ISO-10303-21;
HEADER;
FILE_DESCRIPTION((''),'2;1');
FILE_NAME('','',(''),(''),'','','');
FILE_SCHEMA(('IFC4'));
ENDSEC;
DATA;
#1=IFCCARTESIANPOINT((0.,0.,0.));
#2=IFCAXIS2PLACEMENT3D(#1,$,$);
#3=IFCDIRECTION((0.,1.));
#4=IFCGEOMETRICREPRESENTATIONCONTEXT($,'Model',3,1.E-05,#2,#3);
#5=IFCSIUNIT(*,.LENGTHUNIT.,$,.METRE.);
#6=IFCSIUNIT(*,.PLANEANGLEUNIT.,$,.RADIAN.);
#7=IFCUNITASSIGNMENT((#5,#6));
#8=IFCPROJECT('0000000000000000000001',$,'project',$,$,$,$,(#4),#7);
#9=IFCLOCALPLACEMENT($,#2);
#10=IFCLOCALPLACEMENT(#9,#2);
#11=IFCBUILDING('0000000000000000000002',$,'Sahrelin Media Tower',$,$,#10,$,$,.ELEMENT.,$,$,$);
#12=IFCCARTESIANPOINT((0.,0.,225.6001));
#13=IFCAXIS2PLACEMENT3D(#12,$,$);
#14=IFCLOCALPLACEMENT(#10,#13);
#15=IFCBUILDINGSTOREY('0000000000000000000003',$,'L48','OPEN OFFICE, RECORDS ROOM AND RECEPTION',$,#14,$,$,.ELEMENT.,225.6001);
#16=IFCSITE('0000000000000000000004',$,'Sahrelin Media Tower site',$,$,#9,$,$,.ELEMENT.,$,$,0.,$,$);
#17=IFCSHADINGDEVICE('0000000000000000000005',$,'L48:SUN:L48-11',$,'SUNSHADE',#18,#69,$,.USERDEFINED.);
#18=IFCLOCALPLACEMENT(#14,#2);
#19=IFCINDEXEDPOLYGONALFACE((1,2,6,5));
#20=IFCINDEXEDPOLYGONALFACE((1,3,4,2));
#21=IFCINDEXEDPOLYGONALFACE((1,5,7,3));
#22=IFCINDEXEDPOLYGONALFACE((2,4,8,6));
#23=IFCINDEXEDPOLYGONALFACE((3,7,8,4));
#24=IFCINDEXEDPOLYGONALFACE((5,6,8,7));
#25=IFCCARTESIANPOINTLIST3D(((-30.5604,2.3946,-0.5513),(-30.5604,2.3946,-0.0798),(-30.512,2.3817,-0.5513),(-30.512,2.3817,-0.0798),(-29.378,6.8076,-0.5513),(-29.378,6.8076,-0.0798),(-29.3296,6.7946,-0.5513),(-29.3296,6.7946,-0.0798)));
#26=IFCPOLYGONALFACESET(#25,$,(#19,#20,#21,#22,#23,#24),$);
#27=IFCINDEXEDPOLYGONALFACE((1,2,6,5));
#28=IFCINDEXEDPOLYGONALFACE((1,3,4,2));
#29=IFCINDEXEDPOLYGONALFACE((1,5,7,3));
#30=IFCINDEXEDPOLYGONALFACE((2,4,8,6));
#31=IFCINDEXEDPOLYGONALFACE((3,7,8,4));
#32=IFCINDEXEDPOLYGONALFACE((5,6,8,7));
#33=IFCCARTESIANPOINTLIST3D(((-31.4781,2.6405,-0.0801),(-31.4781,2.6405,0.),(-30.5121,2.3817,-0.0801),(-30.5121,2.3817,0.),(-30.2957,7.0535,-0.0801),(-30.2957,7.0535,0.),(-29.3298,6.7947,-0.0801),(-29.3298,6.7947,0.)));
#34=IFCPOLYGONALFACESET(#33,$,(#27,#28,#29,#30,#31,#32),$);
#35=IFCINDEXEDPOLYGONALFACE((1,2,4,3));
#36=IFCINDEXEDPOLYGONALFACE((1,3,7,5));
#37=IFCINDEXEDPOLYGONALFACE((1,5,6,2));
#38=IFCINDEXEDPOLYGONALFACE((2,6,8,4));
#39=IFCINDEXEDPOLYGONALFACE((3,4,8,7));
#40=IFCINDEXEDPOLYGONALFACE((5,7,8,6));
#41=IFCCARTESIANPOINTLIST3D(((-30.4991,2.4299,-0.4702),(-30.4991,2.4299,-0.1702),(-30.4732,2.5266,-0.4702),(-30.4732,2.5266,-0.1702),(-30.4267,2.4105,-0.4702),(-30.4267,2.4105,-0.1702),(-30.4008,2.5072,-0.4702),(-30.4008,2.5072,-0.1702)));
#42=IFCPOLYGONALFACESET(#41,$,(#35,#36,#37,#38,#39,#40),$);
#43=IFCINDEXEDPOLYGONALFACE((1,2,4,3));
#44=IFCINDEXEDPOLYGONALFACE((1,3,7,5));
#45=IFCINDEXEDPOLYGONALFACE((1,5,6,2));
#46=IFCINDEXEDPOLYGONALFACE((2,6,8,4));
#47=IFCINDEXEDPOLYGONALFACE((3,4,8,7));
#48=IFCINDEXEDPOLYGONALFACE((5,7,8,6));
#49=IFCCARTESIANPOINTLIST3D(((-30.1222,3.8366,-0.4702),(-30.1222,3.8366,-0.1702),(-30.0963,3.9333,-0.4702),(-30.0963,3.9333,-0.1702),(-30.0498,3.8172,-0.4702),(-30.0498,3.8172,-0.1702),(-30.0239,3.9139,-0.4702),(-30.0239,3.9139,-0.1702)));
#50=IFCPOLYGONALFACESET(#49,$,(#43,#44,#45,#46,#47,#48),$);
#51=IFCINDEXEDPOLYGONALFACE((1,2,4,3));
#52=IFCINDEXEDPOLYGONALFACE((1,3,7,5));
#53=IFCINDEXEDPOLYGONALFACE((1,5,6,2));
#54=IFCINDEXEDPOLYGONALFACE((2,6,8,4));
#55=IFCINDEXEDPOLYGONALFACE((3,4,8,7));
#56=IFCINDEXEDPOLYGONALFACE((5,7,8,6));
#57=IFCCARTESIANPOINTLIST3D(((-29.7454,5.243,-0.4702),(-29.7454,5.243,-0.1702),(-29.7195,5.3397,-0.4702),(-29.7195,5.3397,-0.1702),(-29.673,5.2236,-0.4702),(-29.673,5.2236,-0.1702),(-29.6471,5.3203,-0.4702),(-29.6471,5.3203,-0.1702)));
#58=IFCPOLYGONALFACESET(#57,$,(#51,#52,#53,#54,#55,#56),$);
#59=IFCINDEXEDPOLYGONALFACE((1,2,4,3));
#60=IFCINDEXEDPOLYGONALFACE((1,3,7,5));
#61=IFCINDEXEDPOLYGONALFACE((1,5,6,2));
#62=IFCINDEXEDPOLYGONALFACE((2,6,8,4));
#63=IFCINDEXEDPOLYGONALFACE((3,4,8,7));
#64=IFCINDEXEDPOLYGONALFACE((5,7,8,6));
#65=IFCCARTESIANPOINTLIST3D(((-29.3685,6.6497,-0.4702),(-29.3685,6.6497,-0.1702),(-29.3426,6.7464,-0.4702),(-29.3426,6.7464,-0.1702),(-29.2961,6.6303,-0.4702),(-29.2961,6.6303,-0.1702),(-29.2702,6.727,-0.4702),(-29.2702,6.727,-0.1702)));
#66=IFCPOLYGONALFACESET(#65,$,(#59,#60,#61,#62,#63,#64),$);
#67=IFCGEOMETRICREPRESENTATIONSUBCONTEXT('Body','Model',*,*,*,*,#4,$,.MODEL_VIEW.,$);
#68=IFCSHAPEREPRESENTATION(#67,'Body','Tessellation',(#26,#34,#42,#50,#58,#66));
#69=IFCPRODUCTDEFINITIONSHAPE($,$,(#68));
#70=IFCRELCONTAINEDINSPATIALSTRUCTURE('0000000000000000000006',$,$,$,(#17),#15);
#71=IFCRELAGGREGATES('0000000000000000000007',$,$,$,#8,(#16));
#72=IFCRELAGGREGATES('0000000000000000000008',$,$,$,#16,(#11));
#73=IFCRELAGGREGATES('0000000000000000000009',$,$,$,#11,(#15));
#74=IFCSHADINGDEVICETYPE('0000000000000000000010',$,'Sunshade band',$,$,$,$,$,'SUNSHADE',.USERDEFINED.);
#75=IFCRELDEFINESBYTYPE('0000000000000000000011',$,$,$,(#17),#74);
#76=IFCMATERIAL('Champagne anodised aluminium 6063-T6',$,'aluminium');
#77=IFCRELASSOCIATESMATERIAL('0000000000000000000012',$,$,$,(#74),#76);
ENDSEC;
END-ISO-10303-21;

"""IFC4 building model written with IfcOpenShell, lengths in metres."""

from ifc_helpers import new_model, si_unit, direction, frame, origin, origin_2d, place, context, subcontext, project, spatial, rectangle, extrude, material, type_object, element, save


model = new_model("IFC4")

# Units and contexts
model_context = context("Model", 3, precision=1e-05, world=origin(), true_north=direction((0.0, 1.0)))
body_context = subcontext(model_context, "Body", "Model", "MODEL_VIEW")
ifc_project = project(units=[si_unit("LENGTHUNIT", "METRE"), si_unit("PLANEANGLEUNIT", "RADIAN")], contexts=[model_context])

# Site, building, storey
site_placement = place(None, origin())
site = spatial("IfcSite", under=ifc_project, at=site_placement, Name="Sahrelin Media Tower site", CompositionType="ELEMENT", RefElevation=0.0)
building_placement = place(site_placement, origin())
building = spatial("IfcBuilding", under=site, at=building_placement, Name="Sahrelin Media Tower", CompositionType="ELEMENT")
storey_placement = place(building_placement, frame((0.0, 0.0, 225.6001)))
storey = spatial("IfcBuildingStorey", under=building, at=storey_placement, Name="L48", Description="OPEN OFFICE, RECORDS ROOM AND RECEPTION", CompositionType="ELEMENT", Elevation=225.6001)

# Shared definitions
ifc_material_1 = material(Name="Champagne anodised aluminium 6063-T6", Category="aluminium")

# Shared definitions
placement_1 = place(storey_placement, frame((-29.9016, 4.583, 0.0), z_axis=(0.0, 0.0, 1.0), x_axis=(0.258808, 0.965929, 0.0)))

# Shading device
shading_device_type_1 = type_object("IfcShadingDeviceType", Name="Sunshade band", ElementType="SUNSHADE", PredefinedType="USERDEFINED", material=ifc_material_1)
element("IfcShadingDevice", 1, at=placement_1, inside=storey, type_object=shading_device_type_1, Name="L48:SUN:L48-11", ObjectType="SUNSHADE", PredefinedType="USERDEFINED", context=body_context, shape_type="SweptSolid", body=[
    extrude(rectangle(XDim=4.5686, YDim=0.05, at=origin_2d()), frame((0.0, 0.0449, -0.5513)), (0.0, 0.0, 1.0), 0.4714),
    extrude(rectangle(XDim=4.5686, YDim=1.0, at=origin_2d()), frame((0.0, 0.52, -0.0801)), (0.0, 0.0, 1.0), 0.0801),
    extrude(rectangle(XDim=0.1001, YDim=0.075, at=origin_2d()), frame((-2.1843, -0.0176, -0.4702)), (0.0, 0.0, 1.0), 0.3),
    extrude(rectangle(XDim=0.1001, YDim=0.075, at=origin_2d()), frame((-0.728, -0.0176, -0.4702)), (0.0, 0.0, 1.0), 0.3),
    extrude(rectangle(XDim=0.1001, YDim=0.075, at=origin_2d()), frame((0.728, -0.0176, -0.4702)), (0.0, 0.0, 1.0), 0.3),
    extrude(rectangle(XDim=0.1001, YDim=0.075, at=origin_2d()), frame((2.1843, -0.0176, -0.4702)), (0.0, 0.0, 1.0), 0.3),
])

save(model, "model.ifc")
